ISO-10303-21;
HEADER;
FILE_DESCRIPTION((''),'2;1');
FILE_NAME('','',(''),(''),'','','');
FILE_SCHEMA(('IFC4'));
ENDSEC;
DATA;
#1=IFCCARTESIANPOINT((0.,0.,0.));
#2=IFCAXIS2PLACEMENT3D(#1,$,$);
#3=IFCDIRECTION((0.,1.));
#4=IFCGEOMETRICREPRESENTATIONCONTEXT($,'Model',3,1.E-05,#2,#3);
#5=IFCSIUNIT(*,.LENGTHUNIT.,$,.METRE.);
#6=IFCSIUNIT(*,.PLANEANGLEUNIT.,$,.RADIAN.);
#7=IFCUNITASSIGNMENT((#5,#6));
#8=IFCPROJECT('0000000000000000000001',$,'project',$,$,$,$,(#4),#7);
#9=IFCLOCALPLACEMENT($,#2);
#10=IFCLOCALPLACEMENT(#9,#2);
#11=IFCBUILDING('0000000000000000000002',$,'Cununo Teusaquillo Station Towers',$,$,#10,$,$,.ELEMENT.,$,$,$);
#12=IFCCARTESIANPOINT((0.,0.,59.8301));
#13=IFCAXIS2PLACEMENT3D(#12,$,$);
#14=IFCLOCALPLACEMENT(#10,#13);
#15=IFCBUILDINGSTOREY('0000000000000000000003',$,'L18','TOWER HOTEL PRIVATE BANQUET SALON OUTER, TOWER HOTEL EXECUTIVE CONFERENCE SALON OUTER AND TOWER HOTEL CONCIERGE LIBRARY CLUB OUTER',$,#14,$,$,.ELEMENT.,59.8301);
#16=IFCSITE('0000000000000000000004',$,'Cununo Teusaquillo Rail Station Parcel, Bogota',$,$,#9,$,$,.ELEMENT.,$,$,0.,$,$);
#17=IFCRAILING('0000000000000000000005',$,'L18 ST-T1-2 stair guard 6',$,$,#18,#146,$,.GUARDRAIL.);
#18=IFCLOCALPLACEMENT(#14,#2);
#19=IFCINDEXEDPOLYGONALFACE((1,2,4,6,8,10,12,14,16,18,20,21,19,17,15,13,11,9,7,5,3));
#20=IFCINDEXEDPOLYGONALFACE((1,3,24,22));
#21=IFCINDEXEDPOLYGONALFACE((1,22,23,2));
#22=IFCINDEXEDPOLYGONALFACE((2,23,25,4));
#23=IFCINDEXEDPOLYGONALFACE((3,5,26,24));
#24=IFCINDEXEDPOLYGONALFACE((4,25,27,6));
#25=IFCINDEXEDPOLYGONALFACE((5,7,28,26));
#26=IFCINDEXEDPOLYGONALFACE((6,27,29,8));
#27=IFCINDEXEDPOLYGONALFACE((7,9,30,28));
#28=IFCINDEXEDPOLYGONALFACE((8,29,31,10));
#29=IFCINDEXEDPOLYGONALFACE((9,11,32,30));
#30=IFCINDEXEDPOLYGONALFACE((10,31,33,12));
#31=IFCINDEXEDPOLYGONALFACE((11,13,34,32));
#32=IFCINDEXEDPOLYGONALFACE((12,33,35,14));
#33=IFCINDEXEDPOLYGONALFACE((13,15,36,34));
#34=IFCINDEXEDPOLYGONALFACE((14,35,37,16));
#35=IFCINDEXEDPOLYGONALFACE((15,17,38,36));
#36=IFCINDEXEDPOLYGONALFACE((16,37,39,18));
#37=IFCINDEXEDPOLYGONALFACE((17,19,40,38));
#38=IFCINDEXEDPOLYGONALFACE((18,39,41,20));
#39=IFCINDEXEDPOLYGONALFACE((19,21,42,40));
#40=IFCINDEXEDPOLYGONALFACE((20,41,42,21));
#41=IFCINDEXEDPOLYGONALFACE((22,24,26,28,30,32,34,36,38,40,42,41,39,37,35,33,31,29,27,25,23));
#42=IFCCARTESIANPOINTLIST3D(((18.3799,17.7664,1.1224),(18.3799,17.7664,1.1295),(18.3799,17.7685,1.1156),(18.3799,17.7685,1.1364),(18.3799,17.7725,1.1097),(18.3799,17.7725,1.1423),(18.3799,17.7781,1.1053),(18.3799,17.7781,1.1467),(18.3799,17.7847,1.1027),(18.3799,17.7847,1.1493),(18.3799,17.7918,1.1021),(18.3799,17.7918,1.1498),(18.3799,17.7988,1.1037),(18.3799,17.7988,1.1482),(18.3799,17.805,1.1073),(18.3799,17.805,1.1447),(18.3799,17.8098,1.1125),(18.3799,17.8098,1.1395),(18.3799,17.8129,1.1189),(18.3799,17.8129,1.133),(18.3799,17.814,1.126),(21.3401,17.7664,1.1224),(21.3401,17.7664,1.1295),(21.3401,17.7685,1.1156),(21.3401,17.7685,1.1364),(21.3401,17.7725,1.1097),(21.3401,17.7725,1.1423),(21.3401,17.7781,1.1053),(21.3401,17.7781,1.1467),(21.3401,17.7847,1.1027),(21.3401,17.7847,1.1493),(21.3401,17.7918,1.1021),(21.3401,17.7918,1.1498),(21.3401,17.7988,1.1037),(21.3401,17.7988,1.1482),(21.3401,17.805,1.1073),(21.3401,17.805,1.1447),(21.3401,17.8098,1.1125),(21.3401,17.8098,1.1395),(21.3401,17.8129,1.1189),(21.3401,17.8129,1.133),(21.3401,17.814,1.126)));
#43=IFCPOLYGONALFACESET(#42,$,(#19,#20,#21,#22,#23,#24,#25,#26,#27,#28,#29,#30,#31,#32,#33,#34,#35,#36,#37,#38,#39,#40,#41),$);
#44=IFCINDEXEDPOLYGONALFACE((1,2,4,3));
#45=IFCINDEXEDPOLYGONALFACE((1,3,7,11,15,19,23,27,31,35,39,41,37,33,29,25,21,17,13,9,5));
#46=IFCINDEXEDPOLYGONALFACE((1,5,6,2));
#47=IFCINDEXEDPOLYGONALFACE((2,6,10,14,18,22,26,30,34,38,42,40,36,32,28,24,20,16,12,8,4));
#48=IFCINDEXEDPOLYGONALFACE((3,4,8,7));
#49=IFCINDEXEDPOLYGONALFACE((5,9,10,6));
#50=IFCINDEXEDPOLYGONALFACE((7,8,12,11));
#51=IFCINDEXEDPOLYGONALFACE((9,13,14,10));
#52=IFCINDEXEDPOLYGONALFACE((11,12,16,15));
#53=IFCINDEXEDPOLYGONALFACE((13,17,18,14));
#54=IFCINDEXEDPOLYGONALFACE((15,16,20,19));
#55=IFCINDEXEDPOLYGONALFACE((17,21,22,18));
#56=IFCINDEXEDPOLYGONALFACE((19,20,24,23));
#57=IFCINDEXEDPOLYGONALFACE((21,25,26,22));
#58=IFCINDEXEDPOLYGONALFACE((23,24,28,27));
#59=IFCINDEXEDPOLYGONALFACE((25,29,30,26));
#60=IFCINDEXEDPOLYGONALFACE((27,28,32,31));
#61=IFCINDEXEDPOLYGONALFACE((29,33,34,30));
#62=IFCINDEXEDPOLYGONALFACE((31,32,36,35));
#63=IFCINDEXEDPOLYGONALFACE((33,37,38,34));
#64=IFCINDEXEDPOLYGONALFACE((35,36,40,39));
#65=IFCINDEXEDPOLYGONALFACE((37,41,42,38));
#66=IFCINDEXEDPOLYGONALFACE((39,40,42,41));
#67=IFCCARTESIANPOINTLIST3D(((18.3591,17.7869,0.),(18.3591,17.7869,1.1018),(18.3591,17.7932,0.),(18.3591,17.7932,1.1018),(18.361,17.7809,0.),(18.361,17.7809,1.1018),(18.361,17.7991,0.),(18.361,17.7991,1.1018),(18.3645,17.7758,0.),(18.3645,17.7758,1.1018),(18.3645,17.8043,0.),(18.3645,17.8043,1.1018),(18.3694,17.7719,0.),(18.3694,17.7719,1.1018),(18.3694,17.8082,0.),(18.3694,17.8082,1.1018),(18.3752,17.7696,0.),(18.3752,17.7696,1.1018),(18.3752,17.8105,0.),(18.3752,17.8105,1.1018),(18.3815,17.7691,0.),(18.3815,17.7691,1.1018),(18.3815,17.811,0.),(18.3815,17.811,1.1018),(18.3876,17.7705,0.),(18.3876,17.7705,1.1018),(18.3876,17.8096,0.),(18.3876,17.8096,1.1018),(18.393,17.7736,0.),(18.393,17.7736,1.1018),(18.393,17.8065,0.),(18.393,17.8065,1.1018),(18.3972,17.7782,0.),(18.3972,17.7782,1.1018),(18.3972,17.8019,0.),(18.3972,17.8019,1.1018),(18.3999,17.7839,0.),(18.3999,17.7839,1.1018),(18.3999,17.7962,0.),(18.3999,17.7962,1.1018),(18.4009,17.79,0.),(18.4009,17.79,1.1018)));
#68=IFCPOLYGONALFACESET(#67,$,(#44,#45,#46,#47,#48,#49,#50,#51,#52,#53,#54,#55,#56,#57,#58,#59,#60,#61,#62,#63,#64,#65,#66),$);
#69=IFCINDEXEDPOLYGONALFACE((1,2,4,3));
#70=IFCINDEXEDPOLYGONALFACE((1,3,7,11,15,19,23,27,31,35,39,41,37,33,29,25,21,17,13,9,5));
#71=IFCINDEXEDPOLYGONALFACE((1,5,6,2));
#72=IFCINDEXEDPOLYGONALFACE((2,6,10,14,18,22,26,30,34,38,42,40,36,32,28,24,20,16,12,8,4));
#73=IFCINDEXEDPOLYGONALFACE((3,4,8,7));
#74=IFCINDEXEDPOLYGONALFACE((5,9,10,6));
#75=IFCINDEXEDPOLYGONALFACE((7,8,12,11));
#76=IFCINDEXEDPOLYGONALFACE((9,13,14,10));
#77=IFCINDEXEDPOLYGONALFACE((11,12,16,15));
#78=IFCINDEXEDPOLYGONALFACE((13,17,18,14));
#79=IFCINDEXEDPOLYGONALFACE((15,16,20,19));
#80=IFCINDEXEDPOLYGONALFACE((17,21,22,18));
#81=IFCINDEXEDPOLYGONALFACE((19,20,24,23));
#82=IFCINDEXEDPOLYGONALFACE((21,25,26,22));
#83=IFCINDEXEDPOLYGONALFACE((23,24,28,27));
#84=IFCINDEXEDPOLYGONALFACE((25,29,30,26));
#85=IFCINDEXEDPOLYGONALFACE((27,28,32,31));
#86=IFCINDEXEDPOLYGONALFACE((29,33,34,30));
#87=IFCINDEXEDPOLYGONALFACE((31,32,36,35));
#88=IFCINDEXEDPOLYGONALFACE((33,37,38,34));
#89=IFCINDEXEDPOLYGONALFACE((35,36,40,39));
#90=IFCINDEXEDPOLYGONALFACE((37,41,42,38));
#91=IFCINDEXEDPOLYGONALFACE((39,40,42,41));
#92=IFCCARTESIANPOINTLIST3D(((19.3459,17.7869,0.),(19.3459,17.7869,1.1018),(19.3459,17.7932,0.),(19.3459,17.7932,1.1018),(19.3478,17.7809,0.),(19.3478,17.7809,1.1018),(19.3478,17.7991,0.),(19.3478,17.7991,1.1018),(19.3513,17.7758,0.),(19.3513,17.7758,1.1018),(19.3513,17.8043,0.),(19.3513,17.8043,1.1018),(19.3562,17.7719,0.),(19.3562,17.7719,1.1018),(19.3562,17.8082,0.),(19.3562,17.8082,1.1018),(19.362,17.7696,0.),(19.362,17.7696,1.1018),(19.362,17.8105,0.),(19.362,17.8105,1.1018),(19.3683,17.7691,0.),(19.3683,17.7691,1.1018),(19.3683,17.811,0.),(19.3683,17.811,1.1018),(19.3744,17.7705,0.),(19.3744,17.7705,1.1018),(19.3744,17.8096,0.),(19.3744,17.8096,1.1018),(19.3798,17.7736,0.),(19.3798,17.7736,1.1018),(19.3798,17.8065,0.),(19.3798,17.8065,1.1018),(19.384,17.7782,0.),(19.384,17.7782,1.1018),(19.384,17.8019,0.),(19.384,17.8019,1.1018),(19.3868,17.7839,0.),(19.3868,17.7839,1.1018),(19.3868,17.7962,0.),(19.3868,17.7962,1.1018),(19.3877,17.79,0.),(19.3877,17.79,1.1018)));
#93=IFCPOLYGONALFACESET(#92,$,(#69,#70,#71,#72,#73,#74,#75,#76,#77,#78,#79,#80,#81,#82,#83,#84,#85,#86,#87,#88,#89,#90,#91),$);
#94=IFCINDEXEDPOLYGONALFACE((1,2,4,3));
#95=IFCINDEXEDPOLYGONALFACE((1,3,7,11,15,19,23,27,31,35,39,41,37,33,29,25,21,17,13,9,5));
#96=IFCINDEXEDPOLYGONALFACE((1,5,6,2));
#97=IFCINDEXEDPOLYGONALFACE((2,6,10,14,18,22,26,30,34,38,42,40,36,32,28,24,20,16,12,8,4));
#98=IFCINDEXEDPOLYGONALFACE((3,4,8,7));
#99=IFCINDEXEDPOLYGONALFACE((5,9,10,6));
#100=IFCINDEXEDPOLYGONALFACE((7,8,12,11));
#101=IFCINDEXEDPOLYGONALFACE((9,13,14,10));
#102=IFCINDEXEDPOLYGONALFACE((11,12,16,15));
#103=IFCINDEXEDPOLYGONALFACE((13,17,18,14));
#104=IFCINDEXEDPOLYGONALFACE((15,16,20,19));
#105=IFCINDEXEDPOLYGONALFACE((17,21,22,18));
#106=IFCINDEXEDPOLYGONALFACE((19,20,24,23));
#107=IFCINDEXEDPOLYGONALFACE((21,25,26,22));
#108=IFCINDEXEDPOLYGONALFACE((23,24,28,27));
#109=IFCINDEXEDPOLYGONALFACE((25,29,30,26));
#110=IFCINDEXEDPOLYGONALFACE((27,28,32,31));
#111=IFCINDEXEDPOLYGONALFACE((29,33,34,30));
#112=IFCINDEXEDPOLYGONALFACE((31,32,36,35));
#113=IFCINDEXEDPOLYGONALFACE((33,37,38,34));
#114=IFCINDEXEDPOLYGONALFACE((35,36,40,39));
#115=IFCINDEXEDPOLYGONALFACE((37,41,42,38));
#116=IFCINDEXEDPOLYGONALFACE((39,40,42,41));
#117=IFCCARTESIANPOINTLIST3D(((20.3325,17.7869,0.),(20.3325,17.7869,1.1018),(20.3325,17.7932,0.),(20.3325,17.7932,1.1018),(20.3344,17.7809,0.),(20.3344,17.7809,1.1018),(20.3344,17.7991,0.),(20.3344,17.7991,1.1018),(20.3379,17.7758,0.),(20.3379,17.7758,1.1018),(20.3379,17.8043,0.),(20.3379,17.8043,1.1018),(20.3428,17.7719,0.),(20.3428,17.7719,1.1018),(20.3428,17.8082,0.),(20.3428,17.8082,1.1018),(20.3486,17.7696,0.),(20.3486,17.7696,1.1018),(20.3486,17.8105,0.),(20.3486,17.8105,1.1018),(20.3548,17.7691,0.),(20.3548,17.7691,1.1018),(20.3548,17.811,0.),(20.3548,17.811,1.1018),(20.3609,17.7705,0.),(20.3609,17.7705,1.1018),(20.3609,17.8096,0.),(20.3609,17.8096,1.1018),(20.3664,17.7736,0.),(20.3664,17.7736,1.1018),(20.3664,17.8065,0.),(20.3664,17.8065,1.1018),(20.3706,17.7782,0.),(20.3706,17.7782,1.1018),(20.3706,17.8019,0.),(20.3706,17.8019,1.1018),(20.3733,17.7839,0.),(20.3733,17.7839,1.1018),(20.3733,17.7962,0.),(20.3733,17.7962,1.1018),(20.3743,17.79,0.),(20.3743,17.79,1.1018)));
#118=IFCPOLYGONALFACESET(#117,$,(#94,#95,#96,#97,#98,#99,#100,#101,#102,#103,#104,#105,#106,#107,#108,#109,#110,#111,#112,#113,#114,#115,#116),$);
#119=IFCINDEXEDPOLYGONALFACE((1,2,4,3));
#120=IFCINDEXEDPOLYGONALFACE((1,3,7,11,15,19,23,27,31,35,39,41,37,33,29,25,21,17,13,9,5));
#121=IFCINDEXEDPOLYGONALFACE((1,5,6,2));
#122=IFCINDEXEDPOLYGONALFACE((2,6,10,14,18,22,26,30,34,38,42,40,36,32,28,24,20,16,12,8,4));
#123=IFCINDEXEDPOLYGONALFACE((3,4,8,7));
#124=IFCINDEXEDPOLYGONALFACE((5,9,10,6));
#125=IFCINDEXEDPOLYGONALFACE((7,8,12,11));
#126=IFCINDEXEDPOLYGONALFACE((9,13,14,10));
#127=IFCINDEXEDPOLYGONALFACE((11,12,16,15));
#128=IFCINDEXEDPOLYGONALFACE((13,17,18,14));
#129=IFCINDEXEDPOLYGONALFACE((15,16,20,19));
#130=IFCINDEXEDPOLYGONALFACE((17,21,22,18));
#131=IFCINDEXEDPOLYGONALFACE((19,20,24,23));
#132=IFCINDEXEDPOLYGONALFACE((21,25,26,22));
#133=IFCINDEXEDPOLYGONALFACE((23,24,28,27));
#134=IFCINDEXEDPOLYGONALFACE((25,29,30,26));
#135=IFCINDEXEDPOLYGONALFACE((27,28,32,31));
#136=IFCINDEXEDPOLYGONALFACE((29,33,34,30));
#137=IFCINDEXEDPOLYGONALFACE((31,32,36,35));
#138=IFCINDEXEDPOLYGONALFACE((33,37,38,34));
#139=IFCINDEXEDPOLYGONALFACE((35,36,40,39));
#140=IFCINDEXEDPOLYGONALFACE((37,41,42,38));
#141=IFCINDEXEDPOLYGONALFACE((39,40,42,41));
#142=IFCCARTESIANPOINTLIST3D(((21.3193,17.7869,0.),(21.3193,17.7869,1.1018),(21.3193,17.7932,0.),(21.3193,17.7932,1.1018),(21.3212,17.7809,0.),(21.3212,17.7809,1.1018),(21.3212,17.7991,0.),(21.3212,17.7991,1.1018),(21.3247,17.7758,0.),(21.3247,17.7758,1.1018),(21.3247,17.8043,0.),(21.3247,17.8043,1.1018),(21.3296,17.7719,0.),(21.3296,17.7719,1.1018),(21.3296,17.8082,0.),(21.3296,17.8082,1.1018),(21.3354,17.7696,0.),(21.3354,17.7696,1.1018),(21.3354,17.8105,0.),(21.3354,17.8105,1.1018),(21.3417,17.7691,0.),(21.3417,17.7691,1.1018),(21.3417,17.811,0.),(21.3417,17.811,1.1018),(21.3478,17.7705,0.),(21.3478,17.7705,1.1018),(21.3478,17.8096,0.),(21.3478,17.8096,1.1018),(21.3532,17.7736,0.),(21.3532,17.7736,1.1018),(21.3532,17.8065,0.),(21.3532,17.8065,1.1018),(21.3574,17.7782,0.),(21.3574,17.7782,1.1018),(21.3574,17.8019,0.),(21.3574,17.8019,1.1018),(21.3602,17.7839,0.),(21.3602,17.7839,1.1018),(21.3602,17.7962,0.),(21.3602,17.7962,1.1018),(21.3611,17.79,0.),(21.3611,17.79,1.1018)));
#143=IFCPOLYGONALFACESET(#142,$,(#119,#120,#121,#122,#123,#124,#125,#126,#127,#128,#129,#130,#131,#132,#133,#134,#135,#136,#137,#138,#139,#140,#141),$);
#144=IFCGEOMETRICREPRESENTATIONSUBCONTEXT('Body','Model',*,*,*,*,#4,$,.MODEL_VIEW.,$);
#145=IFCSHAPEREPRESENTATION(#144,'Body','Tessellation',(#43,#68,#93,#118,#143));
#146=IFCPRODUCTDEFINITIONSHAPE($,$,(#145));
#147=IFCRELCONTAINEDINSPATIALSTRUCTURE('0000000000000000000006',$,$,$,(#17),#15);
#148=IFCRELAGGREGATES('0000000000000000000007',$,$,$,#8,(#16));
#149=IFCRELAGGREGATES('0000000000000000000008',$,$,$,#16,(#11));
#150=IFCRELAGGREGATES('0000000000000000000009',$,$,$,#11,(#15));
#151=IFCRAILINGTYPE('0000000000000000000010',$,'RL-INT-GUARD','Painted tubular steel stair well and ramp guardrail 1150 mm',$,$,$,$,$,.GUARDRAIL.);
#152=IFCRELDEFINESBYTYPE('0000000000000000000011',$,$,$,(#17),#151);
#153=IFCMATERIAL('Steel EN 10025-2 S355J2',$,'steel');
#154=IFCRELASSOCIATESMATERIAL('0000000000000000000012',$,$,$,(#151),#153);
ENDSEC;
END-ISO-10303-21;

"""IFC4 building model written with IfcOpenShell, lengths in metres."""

from ifc_helpers import new_model, si_unit, direction, frame, origin, origin_2d, place, context, subcontext, project, spatial, circle, extrude, material, type_object, element, save


model = new_model("IFC4")

# Units and contexts
model_context = context("Model", 3, precision=1e-05, world=origin(), true_north=direction((0.0, 1.0)))
body_context = subcontext(model_context, "Body", "Model", "MODEL_VIEW")
ifc_project = project(units=[si_unit("LENGTHUNIT", "METRE"), si_unit("PLANEANGLEUNIT", "RADIAN")], contexts=[model_context])

# Site, building, storey
site_placement = place(None, origin())
site = spatial("IfcSite", under=ifc_project, at=site_placement, Name="Cununo Teusaquillo Rail Station Parcel, Bogota", CompositionType="ELEMENT", RefElevation=0.0)
building_placement = place(site_placement, origin())
building = spatial("IfcBuilding", under=site, at=building_placement, Name="Cununo Teusaquillo Station Towers", CompositionType="ELEMENT")
storey_placement = place(building_placement, frame((0.0, 0.0, 59.8301)))
storey = spatial("IfcBuildingStorey", under=building, at=storey_placement, Name="L18", Description="TOWER HOTEL PRIVATE BANQUET SALON OUTER, TOWER HOTEL EXECUTIVE CONFERENCE SALON OUTER AND TOWER HOTEL CONCIERGE LIBRARY CLUB OUTER", CompositionType="ELEMENT", Elevation=59.8301)

# Railing
ifc_material_1 = material(Name="Steel EN 10025-2 S355J2", Category="steel")
railing_type_1 = type_object("IfcRailingType", Name="RL-INT-GUARD", Description="Painted tubular steel stair well and ramp guardrail 1150 mm", PredefinedType="GUARDRAIL", material=ifc_material_1)
railing_1_placement = place(storey_placement, frame((18.3799, 17.79, 0.0)))
element("IfcRailing", 1, at=railing_1_placement, inside=storey, type_object=railing_type_1, Name="L18 ST-T1-2 stair guard 6", PredefinedType="GUARDRAIL", context=body_context, shape_type="SweptSolid", body=[
    extrude(circle(Radius=0.0239, at=origin_2d()), frame((0.0, 0.0, 1.126), z_axis=(1.0, 0.0, 0.0), x_axis=(0.0, 1.0, 0.0)), (0.0, 0.0, 1.0), 2.9602),
    extrude(circle(Radius=0.021, at=origin_2d()), origin(), (0.0, 0.0, 1.0), 1.1018),
    extrude(circle(Radius=0.021, at=origin_2d()), frame((0.9868, 0.0, 0.0)), (0.0, 0.0, 1.0), 1.1018),
    extrude(circle(Radius=0.021, at=origin_2d()), frame((1.9734, 0.0, 0.0)), (0.0, 0.0, 1.0), 1.1018),
    extrude(circle(Radius=0.021, at=origin_2d()), frame((2.9602, 0.0, 0.0)), (0.0, 0.0, 1.0), 1.1018),
])

save(model, "model.ifc")
